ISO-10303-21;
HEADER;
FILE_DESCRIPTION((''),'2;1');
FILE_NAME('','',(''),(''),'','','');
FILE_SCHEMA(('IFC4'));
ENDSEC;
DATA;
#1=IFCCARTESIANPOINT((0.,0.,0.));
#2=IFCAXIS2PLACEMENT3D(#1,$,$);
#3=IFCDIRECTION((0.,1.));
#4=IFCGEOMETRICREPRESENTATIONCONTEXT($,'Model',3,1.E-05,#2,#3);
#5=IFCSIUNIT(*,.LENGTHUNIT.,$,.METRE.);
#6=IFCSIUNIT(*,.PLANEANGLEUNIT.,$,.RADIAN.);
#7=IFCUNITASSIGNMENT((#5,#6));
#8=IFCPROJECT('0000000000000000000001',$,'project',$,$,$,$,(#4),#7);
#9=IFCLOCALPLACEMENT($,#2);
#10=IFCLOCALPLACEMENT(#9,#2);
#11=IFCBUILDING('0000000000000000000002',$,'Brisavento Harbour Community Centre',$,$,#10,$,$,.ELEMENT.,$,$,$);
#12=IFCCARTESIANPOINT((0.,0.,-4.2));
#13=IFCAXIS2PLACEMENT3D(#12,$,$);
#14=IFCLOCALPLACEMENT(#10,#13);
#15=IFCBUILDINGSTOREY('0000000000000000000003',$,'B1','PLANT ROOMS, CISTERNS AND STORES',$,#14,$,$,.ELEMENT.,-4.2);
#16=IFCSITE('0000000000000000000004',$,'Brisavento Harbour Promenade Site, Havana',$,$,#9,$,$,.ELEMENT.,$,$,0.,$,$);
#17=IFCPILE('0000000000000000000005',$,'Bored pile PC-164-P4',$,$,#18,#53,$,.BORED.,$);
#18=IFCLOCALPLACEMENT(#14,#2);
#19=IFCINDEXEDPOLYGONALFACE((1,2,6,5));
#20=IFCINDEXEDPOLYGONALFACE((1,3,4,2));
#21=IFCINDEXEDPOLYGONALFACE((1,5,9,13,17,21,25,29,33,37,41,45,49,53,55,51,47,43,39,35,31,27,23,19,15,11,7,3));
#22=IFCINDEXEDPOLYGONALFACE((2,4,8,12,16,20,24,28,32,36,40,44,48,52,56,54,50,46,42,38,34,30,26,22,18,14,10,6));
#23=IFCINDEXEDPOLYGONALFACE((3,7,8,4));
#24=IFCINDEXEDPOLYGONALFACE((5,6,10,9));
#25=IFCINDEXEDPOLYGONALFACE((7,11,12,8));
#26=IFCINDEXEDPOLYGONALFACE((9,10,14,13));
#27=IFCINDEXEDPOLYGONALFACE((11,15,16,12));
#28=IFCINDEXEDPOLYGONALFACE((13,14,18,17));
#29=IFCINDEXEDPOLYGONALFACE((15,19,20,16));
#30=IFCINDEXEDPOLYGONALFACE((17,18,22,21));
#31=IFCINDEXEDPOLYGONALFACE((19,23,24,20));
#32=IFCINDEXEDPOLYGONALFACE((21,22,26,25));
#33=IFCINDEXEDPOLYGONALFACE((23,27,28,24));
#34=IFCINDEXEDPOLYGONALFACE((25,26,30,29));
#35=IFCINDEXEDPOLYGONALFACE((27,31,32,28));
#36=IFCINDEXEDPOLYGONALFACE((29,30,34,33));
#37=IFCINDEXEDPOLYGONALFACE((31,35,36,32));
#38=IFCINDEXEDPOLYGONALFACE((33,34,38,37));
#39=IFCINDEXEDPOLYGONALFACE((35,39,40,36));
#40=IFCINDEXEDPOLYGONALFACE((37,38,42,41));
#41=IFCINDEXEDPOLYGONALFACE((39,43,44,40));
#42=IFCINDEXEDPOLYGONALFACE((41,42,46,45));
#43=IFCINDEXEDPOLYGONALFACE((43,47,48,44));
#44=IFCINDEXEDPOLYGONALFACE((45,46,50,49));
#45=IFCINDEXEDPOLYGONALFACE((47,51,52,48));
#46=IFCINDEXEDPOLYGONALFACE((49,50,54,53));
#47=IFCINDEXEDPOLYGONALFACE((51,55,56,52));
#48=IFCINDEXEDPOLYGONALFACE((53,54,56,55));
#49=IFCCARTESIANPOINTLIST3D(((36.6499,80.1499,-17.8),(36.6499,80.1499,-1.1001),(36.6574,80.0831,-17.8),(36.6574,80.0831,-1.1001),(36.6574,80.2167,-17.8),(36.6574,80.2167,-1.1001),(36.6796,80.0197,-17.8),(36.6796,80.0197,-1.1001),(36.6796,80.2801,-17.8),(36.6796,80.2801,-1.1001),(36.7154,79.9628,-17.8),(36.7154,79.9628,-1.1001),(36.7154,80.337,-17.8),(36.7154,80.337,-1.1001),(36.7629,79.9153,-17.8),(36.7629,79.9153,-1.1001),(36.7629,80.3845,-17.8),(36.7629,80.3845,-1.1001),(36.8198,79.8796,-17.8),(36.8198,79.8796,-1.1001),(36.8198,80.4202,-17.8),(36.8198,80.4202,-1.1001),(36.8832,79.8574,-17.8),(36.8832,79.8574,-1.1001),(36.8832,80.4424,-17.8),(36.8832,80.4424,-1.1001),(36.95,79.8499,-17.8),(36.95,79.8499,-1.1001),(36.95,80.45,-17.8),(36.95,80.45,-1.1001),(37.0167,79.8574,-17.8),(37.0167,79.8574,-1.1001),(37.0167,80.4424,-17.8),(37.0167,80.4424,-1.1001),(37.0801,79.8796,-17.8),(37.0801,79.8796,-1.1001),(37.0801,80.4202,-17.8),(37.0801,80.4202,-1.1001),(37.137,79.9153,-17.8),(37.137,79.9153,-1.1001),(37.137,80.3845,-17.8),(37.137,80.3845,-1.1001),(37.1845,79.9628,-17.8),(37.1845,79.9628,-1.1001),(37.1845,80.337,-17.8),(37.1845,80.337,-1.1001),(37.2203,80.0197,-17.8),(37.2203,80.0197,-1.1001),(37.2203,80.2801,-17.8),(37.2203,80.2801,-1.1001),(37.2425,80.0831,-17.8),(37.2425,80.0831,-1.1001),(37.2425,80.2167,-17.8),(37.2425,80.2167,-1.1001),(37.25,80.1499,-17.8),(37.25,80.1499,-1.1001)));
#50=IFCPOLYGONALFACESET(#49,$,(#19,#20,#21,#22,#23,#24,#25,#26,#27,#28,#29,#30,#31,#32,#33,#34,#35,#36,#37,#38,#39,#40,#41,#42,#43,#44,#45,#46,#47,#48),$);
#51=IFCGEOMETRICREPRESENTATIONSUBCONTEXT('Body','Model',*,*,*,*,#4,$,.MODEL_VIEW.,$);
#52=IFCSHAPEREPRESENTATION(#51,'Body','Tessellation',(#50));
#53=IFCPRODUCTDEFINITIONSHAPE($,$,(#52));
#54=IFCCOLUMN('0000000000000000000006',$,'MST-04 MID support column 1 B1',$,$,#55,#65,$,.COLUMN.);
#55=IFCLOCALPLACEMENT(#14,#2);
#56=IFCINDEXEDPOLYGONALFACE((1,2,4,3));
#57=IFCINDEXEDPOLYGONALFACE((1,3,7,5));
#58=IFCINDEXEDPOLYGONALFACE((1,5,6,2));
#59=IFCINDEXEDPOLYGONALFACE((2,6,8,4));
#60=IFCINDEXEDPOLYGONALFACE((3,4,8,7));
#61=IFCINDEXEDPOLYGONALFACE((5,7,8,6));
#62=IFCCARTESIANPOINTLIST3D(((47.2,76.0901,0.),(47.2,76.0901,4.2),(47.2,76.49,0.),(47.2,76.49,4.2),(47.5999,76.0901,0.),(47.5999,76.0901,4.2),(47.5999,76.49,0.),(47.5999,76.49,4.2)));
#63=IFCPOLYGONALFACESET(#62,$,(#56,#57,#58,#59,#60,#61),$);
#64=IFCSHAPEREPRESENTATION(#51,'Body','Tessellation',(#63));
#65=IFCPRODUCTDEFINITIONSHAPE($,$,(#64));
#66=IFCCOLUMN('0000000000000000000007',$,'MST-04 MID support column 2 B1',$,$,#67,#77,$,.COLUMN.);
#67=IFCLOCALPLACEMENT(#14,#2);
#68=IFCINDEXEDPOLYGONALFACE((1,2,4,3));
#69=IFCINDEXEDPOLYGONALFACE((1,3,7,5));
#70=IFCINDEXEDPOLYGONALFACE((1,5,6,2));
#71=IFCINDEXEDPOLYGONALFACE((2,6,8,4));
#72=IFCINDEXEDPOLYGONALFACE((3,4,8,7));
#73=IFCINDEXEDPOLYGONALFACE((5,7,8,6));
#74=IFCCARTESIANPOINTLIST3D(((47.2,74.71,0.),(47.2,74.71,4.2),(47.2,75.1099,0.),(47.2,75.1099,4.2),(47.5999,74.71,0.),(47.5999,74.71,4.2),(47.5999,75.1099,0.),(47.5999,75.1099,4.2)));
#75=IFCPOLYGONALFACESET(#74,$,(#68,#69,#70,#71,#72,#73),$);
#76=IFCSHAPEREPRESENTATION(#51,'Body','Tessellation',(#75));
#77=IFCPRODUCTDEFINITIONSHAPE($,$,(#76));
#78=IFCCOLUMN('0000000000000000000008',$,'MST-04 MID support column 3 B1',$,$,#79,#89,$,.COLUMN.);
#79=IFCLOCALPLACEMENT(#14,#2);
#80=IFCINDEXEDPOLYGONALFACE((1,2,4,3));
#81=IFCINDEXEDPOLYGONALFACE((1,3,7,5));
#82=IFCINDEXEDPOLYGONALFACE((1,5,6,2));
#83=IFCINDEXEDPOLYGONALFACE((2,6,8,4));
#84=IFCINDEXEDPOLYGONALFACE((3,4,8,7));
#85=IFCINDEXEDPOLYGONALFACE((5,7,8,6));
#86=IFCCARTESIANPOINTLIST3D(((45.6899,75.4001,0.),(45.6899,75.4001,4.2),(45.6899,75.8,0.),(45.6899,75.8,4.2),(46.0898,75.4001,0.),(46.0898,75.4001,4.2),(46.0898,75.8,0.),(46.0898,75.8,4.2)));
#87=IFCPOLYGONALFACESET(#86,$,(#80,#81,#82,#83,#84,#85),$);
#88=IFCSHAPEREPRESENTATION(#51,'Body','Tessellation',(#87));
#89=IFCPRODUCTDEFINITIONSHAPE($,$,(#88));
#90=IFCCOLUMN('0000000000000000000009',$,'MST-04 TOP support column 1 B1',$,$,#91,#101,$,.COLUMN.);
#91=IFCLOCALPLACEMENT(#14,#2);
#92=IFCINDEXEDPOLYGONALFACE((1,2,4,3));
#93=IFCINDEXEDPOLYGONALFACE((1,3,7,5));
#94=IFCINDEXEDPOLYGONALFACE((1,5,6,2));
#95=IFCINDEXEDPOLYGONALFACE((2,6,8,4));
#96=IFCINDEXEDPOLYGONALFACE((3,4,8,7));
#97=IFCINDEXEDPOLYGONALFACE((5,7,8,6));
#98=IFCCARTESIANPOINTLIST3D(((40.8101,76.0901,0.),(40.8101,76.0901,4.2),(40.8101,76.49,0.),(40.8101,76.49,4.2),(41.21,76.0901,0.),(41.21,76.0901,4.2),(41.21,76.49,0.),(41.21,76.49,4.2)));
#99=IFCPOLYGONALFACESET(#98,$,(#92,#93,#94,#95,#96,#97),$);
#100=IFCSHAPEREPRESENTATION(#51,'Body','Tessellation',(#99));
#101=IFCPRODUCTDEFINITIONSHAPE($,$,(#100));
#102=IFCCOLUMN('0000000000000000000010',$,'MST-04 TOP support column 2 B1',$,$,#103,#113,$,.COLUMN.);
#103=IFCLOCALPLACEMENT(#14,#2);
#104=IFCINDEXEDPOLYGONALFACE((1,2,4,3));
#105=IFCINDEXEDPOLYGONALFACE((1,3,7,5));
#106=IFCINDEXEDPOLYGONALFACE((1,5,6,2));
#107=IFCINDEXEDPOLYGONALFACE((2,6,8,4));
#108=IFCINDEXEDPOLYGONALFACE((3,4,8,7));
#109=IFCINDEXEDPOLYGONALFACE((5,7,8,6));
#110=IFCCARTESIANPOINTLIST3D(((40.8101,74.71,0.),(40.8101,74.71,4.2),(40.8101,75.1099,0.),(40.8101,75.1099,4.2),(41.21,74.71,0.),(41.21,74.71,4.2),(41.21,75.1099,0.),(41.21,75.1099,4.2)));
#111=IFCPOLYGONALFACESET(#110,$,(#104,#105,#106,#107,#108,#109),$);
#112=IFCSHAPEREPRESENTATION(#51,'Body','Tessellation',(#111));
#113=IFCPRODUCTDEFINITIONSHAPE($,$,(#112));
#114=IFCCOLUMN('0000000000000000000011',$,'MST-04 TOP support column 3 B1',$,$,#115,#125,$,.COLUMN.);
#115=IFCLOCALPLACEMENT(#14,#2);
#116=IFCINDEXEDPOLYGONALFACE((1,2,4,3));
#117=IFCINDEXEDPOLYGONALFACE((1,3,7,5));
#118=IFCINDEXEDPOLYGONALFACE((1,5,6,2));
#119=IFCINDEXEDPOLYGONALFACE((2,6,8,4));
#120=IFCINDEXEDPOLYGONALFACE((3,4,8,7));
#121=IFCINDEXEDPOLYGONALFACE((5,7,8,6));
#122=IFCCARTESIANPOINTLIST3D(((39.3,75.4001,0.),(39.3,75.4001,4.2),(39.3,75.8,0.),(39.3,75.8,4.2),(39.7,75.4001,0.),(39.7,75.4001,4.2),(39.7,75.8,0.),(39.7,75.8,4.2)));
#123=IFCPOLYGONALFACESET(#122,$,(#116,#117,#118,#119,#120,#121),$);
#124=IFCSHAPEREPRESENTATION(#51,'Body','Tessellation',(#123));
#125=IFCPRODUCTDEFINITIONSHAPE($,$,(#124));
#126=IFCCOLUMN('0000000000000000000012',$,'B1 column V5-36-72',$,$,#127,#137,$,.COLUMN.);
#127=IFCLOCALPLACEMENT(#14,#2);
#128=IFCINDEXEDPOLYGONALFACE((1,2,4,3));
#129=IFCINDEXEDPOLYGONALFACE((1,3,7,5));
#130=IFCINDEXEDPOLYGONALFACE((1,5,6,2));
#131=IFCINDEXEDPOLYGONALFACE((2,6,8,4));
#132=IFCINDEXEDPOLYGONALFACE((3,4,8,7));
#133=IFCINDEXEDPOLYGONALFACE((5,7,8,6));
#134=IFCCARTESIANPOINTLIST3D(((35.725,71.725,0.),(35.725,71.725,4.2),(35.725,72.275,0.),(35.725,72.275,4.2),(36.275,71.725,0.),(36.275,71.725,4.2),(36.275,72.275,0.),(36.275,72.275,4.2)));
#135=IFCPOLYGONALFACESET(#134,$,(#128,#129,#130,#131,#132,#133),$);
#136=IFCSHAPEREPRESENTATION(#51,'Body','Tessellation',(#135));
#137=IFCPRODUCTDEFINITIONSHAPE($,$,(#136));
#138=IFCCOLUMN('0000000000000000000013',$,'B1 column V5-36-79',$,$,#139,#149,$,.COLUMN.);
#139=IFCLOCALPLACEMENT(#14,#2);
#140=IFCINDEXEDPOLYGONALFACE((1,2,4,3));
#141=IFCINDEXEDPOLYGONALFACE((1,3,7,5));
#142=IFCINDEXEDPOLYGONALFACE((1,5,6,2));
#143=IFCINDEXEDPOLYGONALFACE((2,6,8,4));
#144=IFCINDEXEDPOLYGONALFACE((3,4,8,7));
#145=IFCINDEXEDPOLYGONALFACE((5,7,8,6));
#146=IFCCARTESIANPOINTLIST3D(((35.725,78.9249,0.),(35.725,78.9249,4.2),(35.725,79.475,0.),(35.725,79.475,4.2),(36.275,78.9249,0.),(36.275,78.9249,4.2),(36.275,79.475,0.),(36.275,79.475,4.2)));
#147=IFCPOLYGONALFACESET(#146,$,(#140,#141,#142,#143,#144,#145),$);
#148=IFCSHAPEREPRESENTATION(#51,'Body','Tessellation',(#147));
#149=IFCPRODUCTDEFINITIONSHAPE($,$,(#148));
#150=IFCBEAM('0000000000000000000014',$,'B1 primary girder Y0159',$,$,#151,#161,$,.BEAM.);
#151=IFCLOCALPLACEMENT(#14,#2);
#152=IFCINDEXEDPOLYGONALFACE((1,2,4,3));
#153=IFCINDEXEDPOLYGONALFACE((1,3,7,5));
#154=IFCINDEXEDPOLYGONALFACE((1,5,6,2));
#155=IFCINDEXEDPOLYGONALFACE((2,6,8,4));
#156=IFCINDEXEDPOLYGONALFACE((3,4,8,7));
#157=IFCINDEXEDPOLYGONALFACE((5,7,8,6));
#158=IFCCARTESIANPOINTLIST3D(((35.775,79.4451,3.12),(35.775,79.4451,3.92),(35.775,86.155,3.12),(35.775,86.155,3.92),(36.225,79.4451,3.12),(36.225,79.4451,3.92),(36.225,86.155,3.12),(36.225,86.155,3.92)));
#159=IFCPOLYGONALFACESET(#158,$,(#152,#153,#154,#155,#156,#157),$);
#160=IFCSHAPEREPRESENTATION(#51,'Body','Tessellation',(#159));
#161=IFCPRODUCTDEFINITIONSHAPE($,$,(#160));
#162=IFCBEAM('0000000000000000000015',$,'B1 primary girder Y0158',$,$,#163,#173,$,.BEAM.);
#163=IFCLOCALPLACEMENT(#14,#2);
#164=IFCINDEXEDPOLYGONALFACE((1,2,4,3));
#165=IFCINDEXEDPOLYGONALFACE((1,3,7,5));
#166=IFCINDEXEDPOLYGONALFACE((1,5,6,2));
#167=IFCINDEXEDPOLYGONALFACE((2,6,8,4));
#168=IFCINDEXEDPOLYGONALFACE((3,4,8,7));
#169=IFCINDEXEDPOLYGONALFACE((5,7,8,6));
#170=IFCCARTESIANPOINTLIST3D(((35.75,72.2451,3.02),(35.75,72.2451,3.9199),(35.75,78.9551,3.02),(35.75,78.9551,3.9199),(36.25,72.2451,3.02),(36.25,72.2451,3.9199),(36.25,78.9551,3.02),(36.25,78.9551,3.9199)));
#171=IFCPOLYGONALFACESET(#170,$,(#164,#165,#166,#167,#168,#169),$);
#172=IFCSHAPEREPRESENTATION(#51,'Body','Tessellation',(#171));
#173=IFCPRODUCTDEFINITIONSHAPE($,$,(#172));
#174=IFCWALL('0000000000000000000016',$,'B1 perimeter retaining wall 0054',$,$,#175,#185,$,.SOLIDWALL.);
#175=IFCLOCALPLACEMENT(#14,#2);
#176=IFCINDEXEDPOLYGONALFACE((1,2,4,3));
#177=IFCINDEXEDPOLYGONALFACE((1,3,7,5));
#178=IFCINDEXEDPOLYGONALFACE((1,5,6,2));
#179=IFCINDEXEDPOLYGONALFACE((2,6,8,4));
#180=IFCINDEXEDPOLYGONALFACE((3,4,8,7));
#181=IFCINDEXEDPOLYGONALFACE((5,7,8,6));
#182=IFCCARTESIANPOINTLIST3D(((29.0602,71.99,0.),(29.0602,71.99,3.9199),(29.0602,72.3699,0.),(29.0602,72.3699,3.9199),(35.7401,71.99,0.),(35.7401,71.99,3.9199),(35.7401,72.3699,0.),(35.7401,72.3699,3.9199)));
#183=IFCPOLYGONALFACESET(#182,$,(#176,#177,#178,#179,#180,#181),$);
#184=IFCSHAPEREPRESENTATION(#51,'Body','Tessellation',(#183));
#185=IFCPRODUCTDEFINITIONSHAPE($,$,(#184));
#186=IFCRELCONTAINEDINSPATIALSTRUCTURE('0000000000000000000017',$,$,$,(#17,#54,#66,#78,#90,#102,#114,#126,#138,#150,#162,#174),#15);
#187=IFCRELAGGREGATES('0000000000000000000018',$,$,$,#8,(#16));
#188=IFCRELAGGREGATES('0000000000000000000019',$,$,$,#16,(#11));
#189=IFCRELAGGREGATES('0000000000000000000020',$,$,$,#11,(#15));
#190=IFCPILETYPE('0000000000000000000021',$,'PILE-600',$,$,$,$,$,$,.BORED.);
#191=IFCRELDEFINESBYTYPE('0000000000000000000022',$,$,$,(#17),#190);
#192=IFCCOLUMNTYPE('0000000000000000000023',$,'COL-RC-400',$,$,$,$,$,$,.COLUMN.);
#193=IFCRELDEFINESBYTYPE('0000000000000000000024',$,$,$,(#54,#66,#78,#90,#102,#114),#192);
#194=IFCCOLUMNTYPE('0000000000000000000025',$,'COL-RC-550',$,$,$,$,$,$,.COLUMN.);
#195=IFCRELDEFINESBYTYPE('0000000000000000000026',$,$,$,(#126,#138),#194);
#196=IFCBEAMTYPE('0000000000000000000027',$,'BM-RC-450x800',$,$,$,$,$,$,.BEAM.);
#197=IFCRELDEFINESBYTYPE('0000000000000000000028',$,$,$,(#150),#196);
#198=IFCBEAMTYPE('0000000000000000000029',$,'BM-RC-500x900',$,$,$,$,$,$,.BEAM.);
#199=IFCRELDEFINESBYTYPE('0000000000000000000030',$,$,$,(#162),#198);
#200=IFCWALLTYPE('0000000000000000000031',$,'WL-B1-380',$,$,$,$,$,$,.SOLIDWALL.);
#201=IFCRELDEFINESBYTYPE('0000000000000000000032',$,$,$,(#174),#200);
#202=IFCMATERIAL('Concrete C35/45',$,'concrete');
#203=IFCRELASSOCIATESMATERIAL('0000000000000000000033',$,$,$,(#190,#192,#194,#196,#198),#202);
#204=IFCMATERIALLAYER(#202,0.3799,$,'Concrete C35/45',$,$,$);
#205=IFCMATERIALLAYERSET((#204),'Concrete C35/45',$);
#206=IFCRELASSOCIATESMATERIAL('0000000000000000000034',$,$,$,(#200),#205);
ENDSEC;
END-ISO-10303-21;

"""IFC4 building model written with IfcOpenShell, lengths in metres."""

from ifc_helpers import new_model, si_unit, direction, frame, frame_2d, origin, origin_2d, place, context, subcontext, project, spatial, rectangle, circle, extrude, material, layer, layer_set, material_profile, profile_set, type_object, element, save


model = new_model("IFC4")

# Units and contexts
model_context = context("Model", 3, precision=1e-05, world=origin(), true_north=direction((0.0, 1.0)))
body_context = subcontext(model_context, "Body", "Model", "MODEL_VIEW")
ifc_project = project(units=[si_unit("LENGTHUNIT", "METRE"), si_unit("PLANEANGLEUNIT", "RADIAN")], contexts=[model_context])

# Site, building, storey
site_placement = place(None, origin())
site = spatial("IfcSite", under=ifc_project, at=site_placement, Name="Brisavento Harbour Promenade Site, Havana", CompositionType="ELEMENT", RefElevation=0.0)
building_placement = place(site_placement, origin())
building = spatial("IfcBuilding", under=site, at=building_placement, Name="Brisavento Harbour Community Centre", CompositionType="ELEMENT")
storey_placement = place(building_placement, frame((0.0, 0.0, -4.2)))
storey = spatial("IfcBuildingStorey", under=building, at=storey_placement, Name="B1", Description="PLANT ROOMS, CISTERNS AND STORES", CompositionType="ELEMENT", Elevation=-4.2)

# Shared definitions
ifc_material = material(Name="Concrete C35/45", Category="concrete")

# Pile
ifc_material_profile_1 = material_profile(ifc_material, circle(Radius=0.3, at=origin_2d()), Name="Concrete C35/45")
ifc_profile_set_1 = profile_set([ifc_material_profile_1], Name="Concrete C35/45")
pile_type = type_object("IfcPileType", Name="PILE-600", PredefinedType="BORED", material=ifc_profile_set_1)
for number, where, z_axis, x_axis, name in (
    (1, (36.95, 80.1499, -1.1001), (0.0, 0.0, -1.0), (1.0, 0.0, 0.0), "Bored pile PC-164-P4"),
):
    element("IfcPile", number, at=place(storey_placement, frame(where, z_axis=z_axis, x_axis=x_axis)), inside=storey, type_object=pile_type, Name=name, PredefinedType="BORED", context=body_context, shape_type="SweptSolid", body=[
        extrude(circle(Radius=0.3, at=origin_2d()), origin(), (0.0, 0.0, 1.0), 16.7),
    ])

# Columns
ifc_material_profile_2 = material_profile(ifc_material, rectangle(XDim=0.3999, YDim=0.3999, at=origin_2d()), Name="Concrete C35/45")
ifc_profile_set_2 = profile_set([ifc_material_profile_2], Name="Concrete C35/45")
column_type_1 = type_object("IfcColumnType", Name="COL-RC-400", PredefinedType="COLUMN", material=ifc_profile_set_2)
for number, where, z_axis, x_axis, name in (
    (2, (47.3999, 76.29, 0.0), (0.0, 0.0, 1.0), (1.0, 0.0, 0.0), "MST-04 MID support column 1 B1"),
    (3, (47.3999, 74.9099, 0.0), (0.0, 0.0, 1.0), (1.0, 0.0, 0.0), "MST-04 MID support column 2 B1"),
    (4, (45.8899, 75.6001, 0.0), (0.0, 0.0, 1.0), (1.0, 0.0, 0.0), "MST-04 MID support column 3 B1"),
    (5, (41.01, 76.29, 0.0), (0.0, 0.0, 1.0), (1.0, 0.0, 0.0), "MST-04 TOP support column 1 B1"),
    (6, (41.01, 74.9099, 0.0), (0.0, 0.0, 1.0), (1.0, 0.0, 0.0), "MST-04 TOP support column 2 B1"),
    (7, (39.5, 75.6001, 0.0), (0.0, 0.0, 1.0), (1.0, 0.0, 0.0), "MST-04 TOP support column 3 B1"),
):
    element("IfcColumn", number, at=place(storey_placement, frame(where, z_axis=z_axis, x_axis=x_axis)), inside=storey, type_object=column_type_1, Name=name, PredefinedType="COLUMN", context=body_context, shape_type="SweptSolid", body=[
        extrude(rectangle(XDim=0.3999, YDim=0.3999, at=origin_2d()), origin(), (0.0, 0.0, 1.0), 4.2),
    ])
ifc_material_profile_3 = material_profile(ifc_material, rectangle(XDim=0.55, YDim=0.55, at=origin_2d()), Name="Concrete C35/45")
ifc_profile_set_3 = profile_set([ifc_material_profile_3], Name="Concrete C35/45")
column_type_2 = type_object("IfcColumnType", Name="COL-RC-550", PredefinedType="COLUMN", material=ifc_profile_set_3)
for number, where, z_axis, x_axis, name in (
    (8, (36.0, 72.0, 0.0), (0.0, 0.0, 1.0), (1.0, 0.0, 0.0), "B1 column V5-36-72"),
    (9, (36.0, 79.2, 0.0), (0.0, 0.0, 1.0), (1.0, 0.0, 0.0), "B1 column V5-36-79"),
):
    element("IfcColumn", number, at=place(storey_placement, frame(where, z_axis=z_axis, x_axis=x_axis)), inside=storey, type_object=column_type_2, Name=name, PredefinedType="COLUMN", context=body_context, shape_type="SweptSolid", body=[
        extrude(rectangle(XDim=0.55, YDim=0.55, at=origin_2d()), origin(), (0.0, 0.0, 1.0), 4.2),
    ])

# Beams
ifc_material_profile_4 = material_profile(ifc_material, rectangle(XDim=0.45, YDim=0.8, at=origin_2d()), Name="Concrete C35/45")
ifc_profile_set_4 = profile_set([ifc_material_profile_4], Name="Concrete C35/45")
beam_type_1 = type_object("IfcBeamType", Name="BM-RC-450x800", PredefinedType="BEAM", material=ifc_profile_set_4)
beam_1_placement = place(storey_placement, frame((36.0, 79.4451, 3.52), z_axis=(0.0, 1.0, 0.0), x_axis=(-1.0, 0.0, 0.0)))
element("IfcBeam", 10, at=beam_1_placement, inside=storey, type_object=beam_type_1, Name="B1 primary girder Y0159", PredefinedType="BEAM", context=body_context, shape_type="SweptSolid", body=[
    extrude(rectangle(XDim=0.45, YDim=0.8, at=origin_2d()), origin(), (0.0, 0.0, 1.0), 6.71),
])
ifc_material_profile_5 = material_profile(ifc_material, rectangle(XDim=0.5, YDim=0.8999, at=origin_2d()), Name="Concrete C35/45")
ifc_profile_set_5 = profile_set([ifc_material_profile_5], Name="Concrete C35/45")
beam_type_2 = type_object("IfcBeamType", Name="BM-RC-500x900", PredefinedType="BEAM", material=ifc_profile_set_5)
beam_2_placement = place(storey_placement, frame((36.0, 72.2451, 3.47), z_axis=(0.0, 1.0, 0.0), x_axis=(-1.0, 0.0, 0.0)))
element("IfcBeam", 11, at=beam_2_placement, inside=storey, type_object=beam_type_2, Name="B1 primary girder Y0158", PredefinedType="BEAM", context=body_context, shape_type="SweptSolid", body=[
    extrude(rectangle(XDim=0.5, YDim=0.8999, at=origin_2d()), origin(), (0.0, 0.0, 1.0), 6.71),
])

# Wall
ifc_layer = layer(ifc_material, 0.3799, Name="Concrete C35/45")
ifc_layer_set = layer_set([ifc_layer], Name="Concrete C35/45")
wall_type = type_object("IfcWallType", Name="WL-B1-380", PredefinedType="SOLIDWALL", material=ifc_layer_set)
for number, where, z_axis, x_axis, name in (
    (12, (35.74, 72.1799, 0.0), (0.0, 0.0, 1.0), (-1.0, 0.0, 0.0), "B1 perimeter retaining wall 0054"),
):
    element("IfcWall", number, at=place(storey_placement, frame(where, z_axis=z_axis, x_axis=x_axis)), inside=storey, type_object=wall_type, Name=name, PredefinedType="SOLIDWALL", context=body_context, shape_type="SweptSolid", body=[
        extrude(rectangle(XDim=6.6799, YDim=0.3799, at=frame_2d((3.3398, 0.0))), origin(), (0.0, 0.0, 1.0), 3.9199),
    ])

save(model, "model.ifc")
